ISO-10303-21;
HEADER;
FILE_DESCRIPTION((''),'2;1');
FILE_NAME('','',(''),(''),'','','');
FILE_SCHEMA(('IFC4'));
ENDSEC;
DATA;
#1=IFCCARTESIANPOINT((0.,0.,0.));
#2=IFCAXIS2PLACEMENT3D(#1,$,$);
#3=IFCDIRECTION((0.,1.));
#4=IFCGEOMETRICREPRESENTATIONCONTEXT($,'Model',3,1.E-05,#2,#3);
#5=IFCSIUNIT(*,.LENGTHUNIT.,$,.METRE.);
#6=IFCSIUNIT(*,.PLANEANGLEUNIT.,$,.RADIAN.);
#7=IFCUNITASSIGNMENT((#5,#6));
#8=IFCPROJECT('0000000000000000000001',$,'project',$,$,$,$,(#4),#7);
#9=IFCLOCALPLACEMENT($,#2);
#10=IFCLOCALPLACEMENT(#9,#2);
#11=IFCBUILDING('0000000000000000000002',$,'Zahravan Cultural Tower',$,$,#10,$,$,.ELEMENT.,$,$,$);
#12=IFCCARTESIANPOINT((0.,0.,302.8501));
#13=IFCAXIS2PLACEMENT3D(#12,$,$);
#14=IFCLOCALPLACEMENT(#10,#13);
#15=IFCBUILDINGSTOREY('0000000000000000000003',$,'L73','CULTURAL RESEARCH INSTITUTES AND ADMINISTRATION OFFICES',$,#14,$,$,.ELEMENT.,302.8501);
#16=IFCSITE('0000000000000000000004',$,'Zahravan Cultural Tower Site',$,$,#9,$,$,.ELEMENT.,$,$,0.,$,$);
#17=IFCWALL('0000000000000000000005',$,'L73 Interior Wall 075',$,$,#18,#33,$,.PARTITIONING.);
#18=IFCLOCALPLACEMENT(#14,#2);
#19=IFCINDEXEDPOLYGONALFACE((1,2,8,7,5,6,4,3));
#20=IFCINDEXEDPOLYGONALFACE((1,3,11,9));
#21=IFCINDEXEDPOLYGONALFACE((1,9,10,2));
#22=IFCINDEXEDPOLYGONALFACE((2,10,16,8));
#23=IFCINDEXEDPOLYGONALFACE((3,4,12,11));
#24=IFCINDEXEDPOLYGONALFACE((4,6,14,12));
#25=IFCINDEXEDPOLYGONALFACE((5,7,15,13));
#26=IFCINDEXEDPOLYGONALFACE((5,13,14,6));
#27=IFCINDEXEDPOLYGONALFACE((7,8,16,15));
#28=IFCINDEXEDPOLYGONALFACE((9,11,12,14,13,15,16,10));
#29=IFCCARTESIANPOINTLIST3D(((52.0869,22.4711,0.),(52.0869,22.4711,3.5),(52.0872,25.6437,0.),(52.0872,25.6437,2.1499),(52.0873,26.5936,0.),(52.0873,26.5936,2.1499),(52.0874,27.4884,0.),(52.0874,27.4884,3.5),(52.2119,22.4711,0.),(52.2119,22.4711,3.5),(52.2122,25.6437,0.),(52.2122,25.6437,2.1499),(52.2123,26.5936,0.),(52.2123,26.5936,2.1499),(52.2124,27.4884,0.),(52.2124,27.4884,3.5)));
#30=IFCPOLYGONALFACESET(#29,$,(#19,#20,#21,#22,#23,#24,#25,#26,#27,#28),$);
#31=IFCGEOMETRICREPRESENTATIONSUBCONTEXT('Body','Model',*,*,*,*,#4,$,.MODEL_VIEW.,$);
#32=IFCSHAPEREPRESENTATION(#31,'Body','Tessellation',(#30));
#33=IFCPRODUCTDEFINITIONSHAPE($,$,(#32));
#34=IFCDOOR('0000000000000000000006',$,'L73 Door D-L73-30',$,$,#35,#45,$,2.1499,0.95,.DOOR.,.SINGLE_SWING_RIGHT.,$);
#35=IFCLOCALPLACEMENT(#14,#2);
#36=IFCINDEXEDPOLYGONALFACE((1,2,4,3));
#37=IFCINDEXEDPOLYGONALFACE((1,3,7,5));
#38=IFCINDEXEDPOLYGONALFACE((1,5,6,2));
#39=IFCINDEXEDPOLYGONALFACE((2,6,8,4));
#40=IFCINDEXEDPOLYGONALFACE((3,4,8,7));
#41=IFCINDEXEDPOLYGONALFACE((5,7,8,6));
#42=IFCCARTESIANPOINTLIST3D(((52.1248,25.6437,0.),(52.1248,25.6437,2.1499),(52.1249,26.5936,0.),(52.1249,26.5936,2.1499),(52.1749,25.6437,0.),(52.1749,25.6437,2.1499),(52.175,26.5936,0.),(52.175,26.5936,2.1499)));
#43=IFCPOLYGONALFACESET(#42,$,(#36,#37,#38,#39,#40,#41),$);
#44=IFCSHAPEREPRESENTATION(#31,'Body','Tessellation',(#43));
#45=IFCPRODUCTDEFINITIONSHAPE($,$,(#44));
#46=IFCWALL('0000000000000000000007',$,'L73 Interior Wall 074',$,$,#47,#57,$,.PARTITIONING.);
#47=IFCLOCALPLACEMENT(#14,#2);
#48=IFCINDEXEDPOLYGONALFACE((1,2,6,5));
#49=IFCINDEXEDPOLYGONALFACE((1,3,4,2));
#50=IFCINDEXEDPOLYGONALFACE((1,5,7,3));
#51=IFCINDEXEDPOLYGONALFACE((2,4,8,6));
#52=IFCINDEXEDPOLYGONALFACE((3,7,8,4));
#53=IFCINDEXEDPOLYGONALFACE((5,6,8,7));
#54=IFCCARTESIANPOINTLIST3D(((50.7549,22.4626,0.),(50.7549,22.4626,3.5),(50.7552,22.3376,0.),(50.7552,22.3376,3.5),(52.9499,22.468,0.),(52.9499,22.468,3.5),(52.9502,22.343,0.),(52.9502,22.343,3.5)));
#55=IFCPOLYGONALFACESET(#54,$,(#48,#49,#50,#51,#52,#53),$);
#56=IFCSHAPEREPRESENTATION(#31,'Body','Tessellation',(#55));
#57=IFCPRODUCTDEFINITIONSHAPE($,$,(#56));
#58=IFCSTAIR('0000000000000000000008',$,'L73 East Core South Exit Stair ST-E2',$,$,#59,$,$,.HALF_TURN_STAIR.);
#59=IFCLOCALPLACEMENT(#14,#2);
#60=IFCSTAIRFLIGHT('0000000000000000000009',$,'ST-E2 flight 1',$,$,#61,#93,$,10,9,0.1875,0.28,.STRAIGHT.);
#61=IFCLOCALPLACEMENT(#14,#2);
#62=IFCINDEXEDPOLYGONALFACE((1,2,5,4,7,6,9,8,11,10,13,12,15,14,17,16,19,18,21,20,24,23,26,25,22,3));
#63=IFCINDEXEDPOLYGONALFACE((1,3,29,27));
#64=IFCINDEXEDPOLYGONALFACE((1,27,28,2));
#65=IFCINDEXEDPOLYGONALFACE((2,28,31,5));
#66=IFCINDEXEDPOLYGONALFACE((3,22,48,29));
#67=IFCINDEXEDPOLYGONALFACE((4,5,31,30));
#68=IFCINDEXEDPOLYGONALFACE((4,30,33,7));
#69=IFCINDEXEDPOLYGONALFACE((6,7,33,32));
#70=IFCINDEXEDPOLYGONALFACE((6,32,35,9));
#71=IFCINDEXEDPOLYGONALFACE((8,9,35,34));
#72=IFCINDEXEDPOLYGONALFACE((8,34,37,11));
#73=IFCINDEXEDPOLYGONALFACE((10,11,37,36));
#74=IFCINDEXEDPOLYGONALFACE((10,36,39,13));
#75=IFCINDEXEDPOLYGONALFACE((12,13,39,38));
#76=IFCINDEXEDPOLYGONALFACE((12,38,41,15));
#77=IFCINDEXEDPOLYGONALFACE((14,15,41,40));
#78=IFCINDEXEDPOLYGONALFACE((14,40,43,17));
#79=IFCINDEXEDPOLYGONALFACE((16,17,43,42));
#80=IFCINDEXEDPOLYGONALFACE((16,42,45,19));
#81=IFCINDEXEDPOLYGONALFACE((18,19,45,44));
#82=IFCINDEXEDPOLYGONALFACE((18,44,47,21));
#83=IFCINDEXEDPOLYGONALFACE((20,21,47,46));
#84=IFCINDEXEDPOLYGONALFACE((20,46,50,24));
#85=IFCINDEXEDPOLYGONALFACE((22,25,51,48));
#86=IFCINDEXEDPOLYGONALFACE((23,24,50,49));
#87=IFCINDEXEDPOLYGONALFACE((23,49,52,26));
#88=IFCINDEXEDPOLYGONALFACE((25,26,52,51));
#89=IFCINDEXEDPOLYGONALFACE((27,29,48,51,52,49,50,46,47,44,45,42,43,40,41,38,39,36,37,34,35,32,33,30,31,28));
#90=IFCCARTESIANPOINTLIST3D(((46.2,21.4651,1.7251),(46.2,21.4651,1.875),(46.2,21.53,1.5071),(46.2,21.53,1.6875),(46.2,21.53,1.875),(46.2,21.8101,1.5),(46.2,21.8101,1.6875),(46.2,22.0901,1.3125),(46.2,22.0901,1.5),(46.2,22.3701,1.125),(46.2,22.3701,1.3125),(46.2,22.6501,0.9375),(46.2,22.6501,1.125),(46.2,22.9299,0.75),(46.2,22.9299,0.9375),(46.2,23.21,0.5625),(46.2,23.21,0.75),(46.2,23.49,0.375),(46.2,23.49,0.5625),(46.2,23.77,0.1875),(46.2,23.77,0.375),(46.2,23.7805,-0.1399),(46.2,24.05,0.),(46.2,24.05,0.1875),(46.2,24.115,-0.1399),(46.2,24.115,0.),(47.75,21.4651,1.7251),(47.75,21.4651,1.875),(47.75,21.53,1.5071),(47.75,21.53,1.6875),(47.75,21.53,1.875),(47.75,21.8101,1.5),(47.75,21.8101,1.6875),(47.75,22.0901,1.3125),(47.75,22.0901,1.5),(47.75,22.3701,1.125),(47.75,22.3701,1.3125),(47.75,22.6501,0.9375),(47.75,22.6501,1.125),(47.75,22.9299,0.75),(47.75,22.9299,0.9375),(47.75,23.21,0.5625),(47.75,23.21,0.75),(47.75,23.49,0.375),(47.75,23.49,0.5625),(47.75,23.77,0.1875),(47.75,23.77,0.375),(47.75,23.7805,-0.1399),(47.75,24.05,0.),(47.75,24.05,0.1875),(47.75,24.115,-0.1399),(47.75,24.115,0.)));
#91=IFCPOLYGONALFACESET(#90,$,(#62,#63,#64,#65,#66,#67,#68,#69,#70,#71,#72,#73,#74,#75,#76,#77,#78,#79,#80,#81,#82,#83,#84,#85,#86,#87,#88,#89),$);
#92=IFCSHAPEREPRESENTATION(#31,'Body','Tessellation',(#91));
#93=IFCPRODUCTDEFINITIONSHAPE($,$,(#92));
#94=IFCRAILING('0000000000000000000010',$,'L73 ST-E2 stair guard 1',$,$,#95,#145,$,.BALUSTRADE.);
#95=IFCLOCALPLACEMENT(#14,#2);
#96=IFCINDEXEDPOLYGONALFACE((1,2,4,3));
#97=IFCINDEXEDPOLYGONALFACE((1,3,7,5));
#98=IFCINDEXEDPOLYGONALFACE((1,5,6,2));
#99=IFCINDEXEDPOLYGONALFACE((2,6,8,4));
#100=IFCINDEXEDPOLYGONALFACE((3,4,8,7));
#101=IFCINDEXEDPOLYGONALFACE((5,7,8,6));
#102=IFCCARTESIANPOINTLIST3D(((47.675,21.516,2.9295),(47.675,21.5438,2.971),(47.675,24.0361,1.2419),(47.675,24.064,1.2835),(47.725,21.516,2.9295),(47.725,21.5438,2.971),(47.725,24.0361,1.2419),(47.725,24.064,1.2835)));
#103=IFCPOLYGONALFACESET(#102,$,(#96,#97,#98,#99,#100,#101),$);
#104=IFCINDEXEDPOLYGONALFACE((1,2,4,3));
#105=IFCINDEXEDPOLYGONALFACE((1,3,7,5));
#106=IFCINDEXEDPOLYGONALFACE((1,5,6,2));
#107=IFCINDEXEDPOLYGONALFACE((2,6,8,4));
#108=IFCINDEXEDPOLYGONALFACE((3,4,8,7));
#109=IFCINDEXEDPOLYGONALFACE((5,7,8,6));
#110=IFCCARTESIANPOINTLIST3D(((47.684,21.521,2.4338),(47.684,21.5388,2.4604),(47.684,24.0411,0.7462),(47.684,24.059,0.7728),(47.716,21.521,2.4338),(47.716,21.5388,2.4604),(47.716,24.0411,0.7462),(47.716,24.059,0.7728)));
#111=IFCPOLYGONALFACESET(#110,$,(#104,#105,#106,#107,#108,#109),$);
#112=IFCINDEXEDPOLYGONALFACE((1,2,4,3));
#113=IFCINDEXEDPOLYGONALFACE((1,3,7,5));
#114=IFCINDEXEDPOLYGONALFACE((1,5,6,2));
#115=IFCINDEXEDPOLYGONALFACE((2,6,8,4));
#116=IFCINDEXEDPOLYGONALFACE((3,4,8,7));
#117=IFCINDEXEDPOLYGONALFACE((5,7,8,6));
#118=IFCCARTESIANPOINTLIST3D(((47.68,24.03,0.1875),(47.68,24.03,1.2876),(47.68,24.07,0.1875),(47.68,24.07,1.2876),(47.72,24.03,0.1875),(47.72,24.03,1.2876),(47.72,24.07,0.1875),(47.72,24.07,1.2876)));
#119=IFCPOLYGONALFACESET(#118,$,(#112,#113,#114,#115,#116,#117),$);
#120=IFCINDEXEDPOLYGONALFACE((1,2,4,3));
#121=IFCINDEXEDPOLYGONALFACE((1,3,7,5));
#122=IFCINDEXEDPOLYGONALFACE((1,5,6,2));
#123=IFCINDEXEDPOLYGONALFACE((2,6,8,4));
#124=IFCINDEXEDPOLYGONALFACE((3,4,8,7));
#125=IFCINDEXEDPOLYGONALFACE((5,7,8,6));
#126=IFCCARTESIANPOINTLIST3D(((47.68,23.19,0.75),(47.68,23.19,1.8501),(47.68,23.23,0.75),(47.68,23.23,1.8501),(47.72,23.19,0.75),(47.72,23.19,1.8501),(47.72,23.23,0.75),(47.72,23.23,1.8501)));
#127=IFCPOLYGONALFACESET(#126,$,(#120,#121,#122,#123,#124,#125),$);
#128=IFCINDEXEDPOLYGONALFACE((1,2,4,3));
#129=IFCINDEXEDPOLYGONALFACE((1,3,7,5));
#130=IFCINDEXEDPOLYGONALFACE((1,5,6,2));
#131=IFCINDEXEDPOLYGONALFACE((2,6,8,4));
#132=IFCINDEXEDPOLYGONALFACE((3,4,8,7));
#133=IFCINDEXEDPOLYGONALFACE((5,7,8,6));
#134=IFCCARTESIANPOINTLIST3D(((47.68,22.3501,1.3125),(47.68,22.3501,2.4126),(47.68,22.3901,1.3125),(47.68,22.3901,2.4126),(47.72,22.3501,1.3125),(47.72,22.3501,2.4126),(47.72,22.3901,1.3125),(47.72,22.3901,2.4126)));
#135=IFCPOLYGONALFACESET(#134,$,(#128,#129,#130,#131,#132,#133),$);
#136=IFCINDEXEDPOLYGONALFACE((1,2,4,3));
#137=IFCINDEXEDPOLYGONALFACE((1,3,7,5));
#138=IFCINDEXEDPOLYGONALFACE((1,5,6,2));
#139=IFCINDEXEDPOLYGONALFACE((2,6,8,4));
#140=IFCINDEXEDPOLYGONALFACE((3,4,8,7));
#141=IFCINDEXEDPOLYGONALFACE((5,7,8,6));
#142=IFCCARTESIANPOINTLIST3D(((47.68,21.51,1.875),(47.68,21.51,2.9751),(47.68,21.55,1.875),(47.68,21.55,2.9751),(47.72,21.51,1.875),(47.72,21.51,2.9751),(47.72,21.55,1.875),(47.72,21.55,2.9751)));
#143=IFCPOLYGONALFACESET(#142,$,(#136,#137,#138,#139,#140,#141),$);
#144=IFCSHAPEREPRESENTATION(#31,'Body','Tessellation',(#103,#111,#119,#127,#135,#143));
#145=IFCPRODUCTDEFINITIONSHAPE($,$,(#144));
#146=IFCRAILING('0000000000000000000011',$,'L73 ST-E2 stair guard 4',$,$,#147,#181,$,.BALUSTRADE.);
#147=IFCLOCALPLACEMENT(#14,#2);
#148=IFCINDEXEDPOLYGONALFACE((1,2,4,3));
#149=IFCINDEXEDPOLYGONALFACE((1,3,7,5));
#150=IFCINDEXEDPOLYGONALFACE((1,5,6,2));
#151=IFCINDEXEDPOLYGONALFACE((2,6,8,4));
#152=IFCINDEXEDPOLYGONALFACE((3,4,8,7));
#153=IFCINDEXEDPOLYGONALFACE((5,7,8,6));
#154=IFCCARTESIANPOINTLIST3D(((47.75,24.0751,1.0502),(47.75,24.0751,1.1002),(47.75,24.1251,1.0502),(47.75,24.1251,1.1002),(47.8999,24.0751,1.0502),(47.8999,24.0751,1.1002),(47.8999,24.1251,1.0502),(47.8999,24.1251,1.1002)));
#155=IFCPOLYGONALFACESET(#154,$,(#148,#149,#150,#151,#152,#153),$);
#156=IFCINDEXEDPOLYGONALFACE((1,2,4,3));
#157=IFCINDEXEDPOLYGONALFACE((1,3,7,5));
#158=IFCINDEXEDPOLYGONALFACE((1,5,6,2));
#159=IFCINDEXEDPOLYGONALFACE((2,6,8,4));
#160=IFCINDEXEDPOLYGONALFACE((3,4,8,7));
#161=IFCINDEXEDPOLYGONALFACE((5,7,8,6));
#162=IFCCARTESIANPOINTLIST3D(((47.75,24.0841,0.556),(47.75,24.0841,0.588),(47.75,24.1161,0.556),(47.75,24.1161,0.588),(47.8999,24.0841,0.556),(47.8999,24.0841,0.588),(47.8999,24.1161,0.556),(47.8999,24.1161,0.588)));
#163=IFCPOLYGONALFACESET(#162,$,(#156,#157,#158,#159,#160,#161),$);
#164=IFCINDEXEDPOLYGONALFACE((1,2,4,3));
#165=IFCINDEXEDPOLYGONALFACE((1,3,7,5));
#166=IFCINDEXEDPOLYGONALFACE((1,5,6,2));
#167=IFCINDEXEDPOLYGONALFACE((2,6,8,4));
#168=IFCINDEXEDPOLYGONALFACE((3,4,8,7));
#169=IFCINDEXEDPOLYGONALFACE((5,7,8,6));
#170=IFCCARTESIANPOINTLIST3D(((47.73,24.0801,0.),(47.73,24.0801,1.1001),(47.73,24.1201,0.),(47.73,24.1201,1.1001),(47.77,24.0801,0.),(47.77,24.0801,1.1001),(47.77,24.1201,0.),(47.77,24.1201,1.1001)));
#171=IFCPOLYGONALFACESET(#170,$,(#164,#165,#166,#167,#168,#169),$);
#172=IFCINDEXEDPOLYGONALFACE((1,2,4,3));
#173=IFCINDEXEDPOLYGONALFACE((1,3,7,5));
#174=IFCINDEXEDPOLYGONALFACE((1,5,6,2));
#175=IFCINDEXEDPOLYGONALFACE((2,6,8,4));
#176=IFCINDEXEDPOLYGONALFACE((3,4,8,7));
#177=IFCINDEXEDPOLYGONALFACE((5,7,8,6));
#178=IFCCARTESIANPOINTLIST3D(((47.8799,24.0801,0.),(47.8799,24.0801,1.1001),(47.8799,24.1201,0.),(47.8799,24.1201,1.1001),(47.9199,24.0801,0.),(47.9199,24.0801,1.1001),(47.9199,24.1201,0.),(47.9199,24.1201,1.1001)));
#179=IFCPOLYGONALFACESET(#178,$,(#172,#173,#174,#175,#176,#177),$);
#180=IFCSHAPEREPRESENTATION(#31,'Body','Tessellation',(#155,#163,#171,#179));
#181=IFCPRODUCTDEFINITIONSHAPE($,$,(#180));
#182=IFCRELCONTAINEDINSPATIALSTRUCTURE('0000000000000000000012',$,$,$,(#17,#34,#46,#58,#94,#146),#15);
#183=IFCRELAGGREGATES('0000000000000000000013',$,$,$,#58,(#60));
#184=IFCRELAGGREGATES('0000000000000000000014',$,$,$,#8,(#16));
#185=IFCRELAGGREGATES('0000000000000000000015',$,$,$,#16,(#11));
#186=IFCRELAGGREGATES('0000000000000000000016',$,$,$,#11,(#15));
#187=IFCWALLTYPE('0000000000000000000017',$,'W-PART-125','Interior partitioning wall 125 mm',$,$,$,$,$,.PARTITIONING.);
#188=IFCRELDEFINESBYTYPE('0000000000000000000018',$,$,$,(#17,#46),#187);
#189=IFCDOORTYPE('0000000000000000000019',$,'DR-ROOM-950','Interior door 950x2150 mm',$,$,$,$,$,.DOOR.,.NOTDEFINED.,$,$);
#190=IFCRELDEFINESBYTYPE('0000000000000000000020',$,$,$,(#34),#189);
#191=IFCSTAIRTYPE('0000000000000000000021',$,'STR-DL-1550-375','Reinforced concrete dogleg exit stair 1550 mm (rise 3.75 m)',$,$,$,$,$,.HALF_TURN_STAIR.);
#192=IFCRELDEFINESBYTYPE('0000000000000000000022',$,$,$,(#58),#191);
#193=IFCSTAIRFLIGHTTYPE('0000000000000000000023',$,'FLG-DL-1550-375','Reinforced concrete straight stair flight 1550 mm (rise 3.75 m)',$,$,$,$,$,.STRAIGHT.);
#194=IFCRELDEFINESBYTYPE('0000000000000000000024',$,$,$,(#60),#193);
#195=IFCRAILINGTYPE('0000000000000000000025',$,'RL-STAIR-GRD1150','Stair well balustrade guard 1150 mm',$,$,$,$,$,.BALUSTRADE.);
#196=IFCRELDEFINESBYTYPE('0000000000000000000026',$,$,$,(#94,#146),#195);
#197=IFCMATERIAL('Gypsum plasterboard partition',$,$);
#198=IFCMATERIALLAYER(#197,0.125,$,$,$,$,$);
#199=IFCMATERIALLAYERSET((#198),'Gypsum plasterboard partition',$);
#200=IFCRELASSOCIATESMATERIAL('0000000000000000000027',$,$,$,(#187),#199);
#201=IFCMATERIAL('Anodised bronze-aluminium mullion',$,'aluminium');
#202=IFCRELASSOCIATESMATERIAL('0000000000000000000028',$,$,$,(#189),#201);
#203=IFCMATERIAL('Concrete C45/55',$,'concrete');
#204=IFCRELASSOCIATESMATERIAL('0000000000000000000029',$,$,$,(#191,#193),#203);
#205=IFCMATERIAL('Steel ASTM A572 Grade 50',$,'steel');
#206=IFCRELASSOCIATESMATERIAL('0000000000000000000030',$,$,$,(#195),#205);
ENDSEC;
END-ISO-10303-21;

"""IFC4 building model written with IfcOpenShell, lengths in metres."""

from ifc_helpers import new_model, si_unit, direction, frame, frame_2d, origin, origin_2d, place, context, subcontext, project, spatial, polyline, rectangle, outline, extrude, source, transform, mapped, material, layer, layer_set, type_object, element, fill, aggregate, save


model = new_model("IFC4")

# Units and contexts
model_context = context("Model", 3, precision=1e-05, world=origin(), true_north=direction((0.0, 1.0)))
body_context = subcontext(model_context, "Body", "Model", "MODEL_VIEW")
ifc_project = project(units=[si_unit("LENGTHUNIT", "METRE"), si_unit("PLANEANGLEUNIT", "RADIAN")], contexts=[model_context])

# Site, building, storey
site_placement = place(None, origin())
site = spatial("IfcSite", under=ifc_project, at=site_placement, Name="Zahravan Cultural Tower Site", CompositionType="ELEMENT", RefElevation=0.0)
building_placement = place(site_placement, origin())
building = spatial("IfcBuilding", under=site, at=building_placement, Name="Zahravan Cultural Tower", CompositionType="ELEMENT")
storey_placement = place(building_placement, frame((0.0, 0.0, 302.8501)))
storey = spatial("IfcBuildingStorey", under=building, at=storey_placement, Name="L73", Description="CULTURAL RESEARCH INSTITUTES AND ADMINISTRATION OFFICES", CompositionType="ELEMENT", Elevation=302.8501)

# Shared definitions
ifc_material_1 = material(Name="Anodised bronze-aluminium mullion", Category="aluminium")

# Wall, opening, door
ifc_material_2 = material(Name="Gypsum plasterboard partition")
ifc_layer_1 = layer(ifc_material_2, 0.125)
ifc_layer_set_1 = layer_set([ifc_layer_1], Name="Gypsum plasterboard partition")
wall_type = type_object("IfcWallType", Name="W-PART-125", Description="Interior partitioning wall 125 mm", PredefinedType="PARTITIONING", material=ifc_layer_set_1)
wall_1_placement = place(storey_placement, frame((52.1494, 22.4709, 0.0), z_axis=(0.0, 0.0, 1.0), x_axis=(0.000097, 1.0, 0.0)))
wall_1 = element("IfcWall", 1, at=wall_1_placement, inside=storey, type_object=wall_type, Name="L73 Interior Wall 075", PredefinedType="PARTITIONING", context=body_context, shape_type="SweptSolid", body=[
    extrude(rectangle(XDim=5.0173, YDim=0.125, at=frame_2d((2.5088, 0.0))), origin(), (0.0, 0.0, 1.0), 3.5),
])
opening_placement = place(wall_1_placement, frame((3.1726, 0.0, 0.0)))
opening = element("IfcOpeningElement", 2, at=opening_placement, cuts=wall_1, PredefinedType="OPENING", context=body_context, shape_type="SweptSolid", body=[
    extrude(rectangle(XDim=0.95, YDim=2.1499, at=frame_2d((0.4751, 1.075))), frame((0.0, 0.0725, 0.0), z_axis=(0.0, -1.0, 0.0), x_axis=(1.0, 0.0, 0.0)), (0.0, 0.0, 1.0), 0.145),
])
door_type = type_object("IfcDoorType", Name="DR-ROOM-950", Description="Interior door 950x2150 mm", OperationType="NOTDEFINED", PredefinedType="DOOR", material=ifc_material_1)
shared_shape_1 = source(origin(), body_context, "Body", "SweptSolid", [
    extrude(rectangle(XDim=0.95, YDim=2.1499, at=frame_2d((0.4751, 1.075))), frame((0.0, 0.0249, 0.0), z_axis=(0.0, -1.0, 0.0), x_axis=(1.0, 0.0, 0.0)), (0.0, 0.0, 1.0), 0.05),
])
door_placement = place(opening_placement, origin())
door = element("IfcDoor", 3, at=door_placement, inside=storey, type_object=door_type, Name="L73 Door D-L73-30", OperationType="SINGLE_SWING_RIGHT", OverallHeight=2.1499, OverallWidth=0.95, PredefinedType="DOOR", context=body_context, shape_type="MappedRepresentation", body=[
    mapped(shared_shape_1, transform((0.0, 0.0, 0.0), x_axis=(1.0, 0.0, 0.0), y_axis=(0.0, 1.0, 0.0), z_axis=(0.0, 0.0, 1.0), scale=1.0)),
])
fill(opening, door)

# Wall
shared_shape_2 = source(origin(), body_context, "Body", "SweptSolid", [
    extrude(rectangle(XDim=2.1951, YDim=0.125, at=frame_2d((1.0977, 0.0))), origin(), (0.0, 0.0, 1.0), 3.5),
])
wall_2_placement = place(storey_placement, frame((50.7549, 22.4001, 0.0), z_axis=(0.0, 0.0, 1.0), x_axis=(0.999997, 0.002447, 0.0)))
element("IfcWall", 4, at=wall_2_placement, inside=storey, type_object=wall_type, Name="L73 Interior Wall 074", PredefinedType="PARTITIONING", context=body_context, shape_type="MappedRepresentation", body=[
    mapped(shared_shape_2, transform((0.0, 0.0, 0.0), x_axis=(1.0, 0.0, 0.0), y_axis=(0.0, 1.0, 0.0), z_axis=(0.0, 0.0, 1.0), scale=1.0)),
])

# Stair, stair flight
ifc_material_3 = material(Name="Concrete C45/55", Category="concrete")
stair_type = type_object("IfcStairType", Name="STR-DL-1550-375", Description="Reinforced concrete dogleg exit stair 1550 mm (rise 3.75 m)", PredefinedType="HALF_TURN_STAIR", material=ifc_material_3)
stair_placement = place(storey_placement, origin())
stair = element("IfcStair", 5, at=stair_placement, inside=storey, type_object=stair_type, Name="L73 East Core South Exit Stair ST-E2", PredefinedType="HALF_TURN_STAIR")
stair_flight_type = type_object("IfcStairFlightType", Name="FLG-DL-1550-375", Description="Reinforced concrete straight stair flight 1550 mm (rise 3.75 m)", PredefinedType="STRAIGHT", material=ifc_material_3)
stair_flight_placement = place(storey_placement, frame((46.9751, 24.05, 0.0), z_axis=(0.0, 0.0, 1.0), x_axis=(0.0, -1.0, 0.0)))
stair_flight = element("IfcStairFlight", 6, at=stair_flight_placement, type_object=stair_flight_type, Name="ST-E2 flight 1", NumberOfRisers=10, NumberOfTreads=9, PredefinedType="STRAIGHT", RiserHeight=0.1875, TreadLength=0.28, context=body_context, shape_type="SweptSolid", body=[
    extrude(outline(polyline([(-0.0649, -0.1399), (-0.0649, 0.0), (0.0, 0.0), (0.0, 0.1875), (0.28, 0.1875), (0.28, 0.375), (0.5601, 0.375), (0.5601, 0.5625), (0.8401, 0.5625), (0.8401, 0.75), (1.1201, 0.75), (1.1201, 0.9375), (1.3999, 0.9375), (1.3999, 1.125), (1.6799, 1.125), (1.6799, 1.3125), (1.96, 1.3125), (1.96, 1.5), (2.24, 1.5), (2.24, 1.6875), (2.52, 1.6875), (2.52, 1.875), (2.585, 1.875), (2.585, 1.7251), (2.52, 1.5071), (0.2695, -0.1399), (-0.0649, -0.1399)])), frame((0.0, 0.7749, 0.0), z_axis=(0.0, -1.0, 0.0), x_axis=(1.0, 0.0, 0.0)), (0.0, 0.0, 1.0), 1.55),
])
aggregate(stair, [stair_flight])

# Railings
ifc_material_4 = material(Name="Steel ASTM A572 Grade 50", Category="steel")
railing_type_1 = type_object("IfcRailingType", Name="RL-STAIR-GRD1150", Description="Stair well balustrade guard 1150 mm", PredefinedType="BALUSTRADE", material=ifc_material_4)
railing_1_placement = place(storey_placement, frame((47.7, 24.05, 0.1875)))
element("IfcRailing", 7, at=railing_1_placement, inside=storey, type_object=railing_type_1, Name="L73 ST-E2 stair guard 1", PredefinedType="BALUSTRADE", context=body_context, shape_type="SweptSolid", body=[
    extrude(rectangle(XDim=0.05, YDim=0.05, at=origin_2d()), frame((0.0, 0.0, 1.0752), z_axis=(0.0, -0.830909, 0.556408), x_axis=(1.0, 0.0, 0.0)), (0.0, 0.0, 1.0), 3.033),
    extrude(rectangle(XDim=0.032, YDim=0.032, at=origin_2d()), frame((0.0, 0.0, 0.572), z_axis=(0.0, -0.830909, 0.556408), x_axis=(1.0, 0.0, 0.0)), (0.0, 0.0, 1.0), 3.033),
    extrude(rectangle(XDim=0.04, YDim=0.04, at=origin_2d()), origin(), (0.0, 0.0, 1.0), 1.1001),
    extrude(rectangle(XDim=0.04, YDim=0.04, at=origin_2d()), frame((0.0, -0.8401, 0.5625)), (0.0, 0.0, 1.0), 1.1001),
    extrude(rectangle(XDim=0.04, YDim=0.04, at=origin_2d()), frame((0.0, -1.6799, 1.125)), (0.0, 0.0, 1.0), 1.1001),
    extrude(rectangle(XDim=0.04, YDim=0.04, at=origin_2d()), frame((0.0, -2.52, 1.6875)), (0.0, 0.0, 1.0), 1.1001),
])
railing_2_placement = place(storey_placement, frame((47.75, 24.1001, 0.0)))
element("IfcRailing", 8, at=railing_2_placement, inside=storey, type_object=railing_type_1, Name="L73 ST-E2 stair guard 4", PredefinedType="BALUSTRADE", context=body_context, shape_type="SweptSolid", body=[
    extrude(rectangle(XDim=0.05, YDim=0.05, at=origin_2d()), frame((0.0, 0.0, 1.0752), z_axis=(1.0, 0.0, 0.0), x_axis=(0.0, 1.0, 0.0)), (0.0, 0.0, 1.0), 0.1499),
    extrude(rectangle(XDim=0.032, YDim=0.032, at=origin_2d()), frame((0.0, 0.0, 0.572), z_axis=(1.0, 0.0, 0.0), x_axis=(0.0, 1.0, 0.0)), (0.0, 0.0, 1.0), 0.1499),
    extrude(rectangle(XDim=0.04, YDim=0.04, at=origin_2d()), origin(), (0.0, 0.0, 1.0), 1.1001),
    extrude(rectangle(XDim=0.04, YDim=0.04, at=origin_2d()), frame((0.1499, 0.0, 0.0)), (0.0, 0.0, 1.0), 1.1001),
])

save(model, "model.ifc")
